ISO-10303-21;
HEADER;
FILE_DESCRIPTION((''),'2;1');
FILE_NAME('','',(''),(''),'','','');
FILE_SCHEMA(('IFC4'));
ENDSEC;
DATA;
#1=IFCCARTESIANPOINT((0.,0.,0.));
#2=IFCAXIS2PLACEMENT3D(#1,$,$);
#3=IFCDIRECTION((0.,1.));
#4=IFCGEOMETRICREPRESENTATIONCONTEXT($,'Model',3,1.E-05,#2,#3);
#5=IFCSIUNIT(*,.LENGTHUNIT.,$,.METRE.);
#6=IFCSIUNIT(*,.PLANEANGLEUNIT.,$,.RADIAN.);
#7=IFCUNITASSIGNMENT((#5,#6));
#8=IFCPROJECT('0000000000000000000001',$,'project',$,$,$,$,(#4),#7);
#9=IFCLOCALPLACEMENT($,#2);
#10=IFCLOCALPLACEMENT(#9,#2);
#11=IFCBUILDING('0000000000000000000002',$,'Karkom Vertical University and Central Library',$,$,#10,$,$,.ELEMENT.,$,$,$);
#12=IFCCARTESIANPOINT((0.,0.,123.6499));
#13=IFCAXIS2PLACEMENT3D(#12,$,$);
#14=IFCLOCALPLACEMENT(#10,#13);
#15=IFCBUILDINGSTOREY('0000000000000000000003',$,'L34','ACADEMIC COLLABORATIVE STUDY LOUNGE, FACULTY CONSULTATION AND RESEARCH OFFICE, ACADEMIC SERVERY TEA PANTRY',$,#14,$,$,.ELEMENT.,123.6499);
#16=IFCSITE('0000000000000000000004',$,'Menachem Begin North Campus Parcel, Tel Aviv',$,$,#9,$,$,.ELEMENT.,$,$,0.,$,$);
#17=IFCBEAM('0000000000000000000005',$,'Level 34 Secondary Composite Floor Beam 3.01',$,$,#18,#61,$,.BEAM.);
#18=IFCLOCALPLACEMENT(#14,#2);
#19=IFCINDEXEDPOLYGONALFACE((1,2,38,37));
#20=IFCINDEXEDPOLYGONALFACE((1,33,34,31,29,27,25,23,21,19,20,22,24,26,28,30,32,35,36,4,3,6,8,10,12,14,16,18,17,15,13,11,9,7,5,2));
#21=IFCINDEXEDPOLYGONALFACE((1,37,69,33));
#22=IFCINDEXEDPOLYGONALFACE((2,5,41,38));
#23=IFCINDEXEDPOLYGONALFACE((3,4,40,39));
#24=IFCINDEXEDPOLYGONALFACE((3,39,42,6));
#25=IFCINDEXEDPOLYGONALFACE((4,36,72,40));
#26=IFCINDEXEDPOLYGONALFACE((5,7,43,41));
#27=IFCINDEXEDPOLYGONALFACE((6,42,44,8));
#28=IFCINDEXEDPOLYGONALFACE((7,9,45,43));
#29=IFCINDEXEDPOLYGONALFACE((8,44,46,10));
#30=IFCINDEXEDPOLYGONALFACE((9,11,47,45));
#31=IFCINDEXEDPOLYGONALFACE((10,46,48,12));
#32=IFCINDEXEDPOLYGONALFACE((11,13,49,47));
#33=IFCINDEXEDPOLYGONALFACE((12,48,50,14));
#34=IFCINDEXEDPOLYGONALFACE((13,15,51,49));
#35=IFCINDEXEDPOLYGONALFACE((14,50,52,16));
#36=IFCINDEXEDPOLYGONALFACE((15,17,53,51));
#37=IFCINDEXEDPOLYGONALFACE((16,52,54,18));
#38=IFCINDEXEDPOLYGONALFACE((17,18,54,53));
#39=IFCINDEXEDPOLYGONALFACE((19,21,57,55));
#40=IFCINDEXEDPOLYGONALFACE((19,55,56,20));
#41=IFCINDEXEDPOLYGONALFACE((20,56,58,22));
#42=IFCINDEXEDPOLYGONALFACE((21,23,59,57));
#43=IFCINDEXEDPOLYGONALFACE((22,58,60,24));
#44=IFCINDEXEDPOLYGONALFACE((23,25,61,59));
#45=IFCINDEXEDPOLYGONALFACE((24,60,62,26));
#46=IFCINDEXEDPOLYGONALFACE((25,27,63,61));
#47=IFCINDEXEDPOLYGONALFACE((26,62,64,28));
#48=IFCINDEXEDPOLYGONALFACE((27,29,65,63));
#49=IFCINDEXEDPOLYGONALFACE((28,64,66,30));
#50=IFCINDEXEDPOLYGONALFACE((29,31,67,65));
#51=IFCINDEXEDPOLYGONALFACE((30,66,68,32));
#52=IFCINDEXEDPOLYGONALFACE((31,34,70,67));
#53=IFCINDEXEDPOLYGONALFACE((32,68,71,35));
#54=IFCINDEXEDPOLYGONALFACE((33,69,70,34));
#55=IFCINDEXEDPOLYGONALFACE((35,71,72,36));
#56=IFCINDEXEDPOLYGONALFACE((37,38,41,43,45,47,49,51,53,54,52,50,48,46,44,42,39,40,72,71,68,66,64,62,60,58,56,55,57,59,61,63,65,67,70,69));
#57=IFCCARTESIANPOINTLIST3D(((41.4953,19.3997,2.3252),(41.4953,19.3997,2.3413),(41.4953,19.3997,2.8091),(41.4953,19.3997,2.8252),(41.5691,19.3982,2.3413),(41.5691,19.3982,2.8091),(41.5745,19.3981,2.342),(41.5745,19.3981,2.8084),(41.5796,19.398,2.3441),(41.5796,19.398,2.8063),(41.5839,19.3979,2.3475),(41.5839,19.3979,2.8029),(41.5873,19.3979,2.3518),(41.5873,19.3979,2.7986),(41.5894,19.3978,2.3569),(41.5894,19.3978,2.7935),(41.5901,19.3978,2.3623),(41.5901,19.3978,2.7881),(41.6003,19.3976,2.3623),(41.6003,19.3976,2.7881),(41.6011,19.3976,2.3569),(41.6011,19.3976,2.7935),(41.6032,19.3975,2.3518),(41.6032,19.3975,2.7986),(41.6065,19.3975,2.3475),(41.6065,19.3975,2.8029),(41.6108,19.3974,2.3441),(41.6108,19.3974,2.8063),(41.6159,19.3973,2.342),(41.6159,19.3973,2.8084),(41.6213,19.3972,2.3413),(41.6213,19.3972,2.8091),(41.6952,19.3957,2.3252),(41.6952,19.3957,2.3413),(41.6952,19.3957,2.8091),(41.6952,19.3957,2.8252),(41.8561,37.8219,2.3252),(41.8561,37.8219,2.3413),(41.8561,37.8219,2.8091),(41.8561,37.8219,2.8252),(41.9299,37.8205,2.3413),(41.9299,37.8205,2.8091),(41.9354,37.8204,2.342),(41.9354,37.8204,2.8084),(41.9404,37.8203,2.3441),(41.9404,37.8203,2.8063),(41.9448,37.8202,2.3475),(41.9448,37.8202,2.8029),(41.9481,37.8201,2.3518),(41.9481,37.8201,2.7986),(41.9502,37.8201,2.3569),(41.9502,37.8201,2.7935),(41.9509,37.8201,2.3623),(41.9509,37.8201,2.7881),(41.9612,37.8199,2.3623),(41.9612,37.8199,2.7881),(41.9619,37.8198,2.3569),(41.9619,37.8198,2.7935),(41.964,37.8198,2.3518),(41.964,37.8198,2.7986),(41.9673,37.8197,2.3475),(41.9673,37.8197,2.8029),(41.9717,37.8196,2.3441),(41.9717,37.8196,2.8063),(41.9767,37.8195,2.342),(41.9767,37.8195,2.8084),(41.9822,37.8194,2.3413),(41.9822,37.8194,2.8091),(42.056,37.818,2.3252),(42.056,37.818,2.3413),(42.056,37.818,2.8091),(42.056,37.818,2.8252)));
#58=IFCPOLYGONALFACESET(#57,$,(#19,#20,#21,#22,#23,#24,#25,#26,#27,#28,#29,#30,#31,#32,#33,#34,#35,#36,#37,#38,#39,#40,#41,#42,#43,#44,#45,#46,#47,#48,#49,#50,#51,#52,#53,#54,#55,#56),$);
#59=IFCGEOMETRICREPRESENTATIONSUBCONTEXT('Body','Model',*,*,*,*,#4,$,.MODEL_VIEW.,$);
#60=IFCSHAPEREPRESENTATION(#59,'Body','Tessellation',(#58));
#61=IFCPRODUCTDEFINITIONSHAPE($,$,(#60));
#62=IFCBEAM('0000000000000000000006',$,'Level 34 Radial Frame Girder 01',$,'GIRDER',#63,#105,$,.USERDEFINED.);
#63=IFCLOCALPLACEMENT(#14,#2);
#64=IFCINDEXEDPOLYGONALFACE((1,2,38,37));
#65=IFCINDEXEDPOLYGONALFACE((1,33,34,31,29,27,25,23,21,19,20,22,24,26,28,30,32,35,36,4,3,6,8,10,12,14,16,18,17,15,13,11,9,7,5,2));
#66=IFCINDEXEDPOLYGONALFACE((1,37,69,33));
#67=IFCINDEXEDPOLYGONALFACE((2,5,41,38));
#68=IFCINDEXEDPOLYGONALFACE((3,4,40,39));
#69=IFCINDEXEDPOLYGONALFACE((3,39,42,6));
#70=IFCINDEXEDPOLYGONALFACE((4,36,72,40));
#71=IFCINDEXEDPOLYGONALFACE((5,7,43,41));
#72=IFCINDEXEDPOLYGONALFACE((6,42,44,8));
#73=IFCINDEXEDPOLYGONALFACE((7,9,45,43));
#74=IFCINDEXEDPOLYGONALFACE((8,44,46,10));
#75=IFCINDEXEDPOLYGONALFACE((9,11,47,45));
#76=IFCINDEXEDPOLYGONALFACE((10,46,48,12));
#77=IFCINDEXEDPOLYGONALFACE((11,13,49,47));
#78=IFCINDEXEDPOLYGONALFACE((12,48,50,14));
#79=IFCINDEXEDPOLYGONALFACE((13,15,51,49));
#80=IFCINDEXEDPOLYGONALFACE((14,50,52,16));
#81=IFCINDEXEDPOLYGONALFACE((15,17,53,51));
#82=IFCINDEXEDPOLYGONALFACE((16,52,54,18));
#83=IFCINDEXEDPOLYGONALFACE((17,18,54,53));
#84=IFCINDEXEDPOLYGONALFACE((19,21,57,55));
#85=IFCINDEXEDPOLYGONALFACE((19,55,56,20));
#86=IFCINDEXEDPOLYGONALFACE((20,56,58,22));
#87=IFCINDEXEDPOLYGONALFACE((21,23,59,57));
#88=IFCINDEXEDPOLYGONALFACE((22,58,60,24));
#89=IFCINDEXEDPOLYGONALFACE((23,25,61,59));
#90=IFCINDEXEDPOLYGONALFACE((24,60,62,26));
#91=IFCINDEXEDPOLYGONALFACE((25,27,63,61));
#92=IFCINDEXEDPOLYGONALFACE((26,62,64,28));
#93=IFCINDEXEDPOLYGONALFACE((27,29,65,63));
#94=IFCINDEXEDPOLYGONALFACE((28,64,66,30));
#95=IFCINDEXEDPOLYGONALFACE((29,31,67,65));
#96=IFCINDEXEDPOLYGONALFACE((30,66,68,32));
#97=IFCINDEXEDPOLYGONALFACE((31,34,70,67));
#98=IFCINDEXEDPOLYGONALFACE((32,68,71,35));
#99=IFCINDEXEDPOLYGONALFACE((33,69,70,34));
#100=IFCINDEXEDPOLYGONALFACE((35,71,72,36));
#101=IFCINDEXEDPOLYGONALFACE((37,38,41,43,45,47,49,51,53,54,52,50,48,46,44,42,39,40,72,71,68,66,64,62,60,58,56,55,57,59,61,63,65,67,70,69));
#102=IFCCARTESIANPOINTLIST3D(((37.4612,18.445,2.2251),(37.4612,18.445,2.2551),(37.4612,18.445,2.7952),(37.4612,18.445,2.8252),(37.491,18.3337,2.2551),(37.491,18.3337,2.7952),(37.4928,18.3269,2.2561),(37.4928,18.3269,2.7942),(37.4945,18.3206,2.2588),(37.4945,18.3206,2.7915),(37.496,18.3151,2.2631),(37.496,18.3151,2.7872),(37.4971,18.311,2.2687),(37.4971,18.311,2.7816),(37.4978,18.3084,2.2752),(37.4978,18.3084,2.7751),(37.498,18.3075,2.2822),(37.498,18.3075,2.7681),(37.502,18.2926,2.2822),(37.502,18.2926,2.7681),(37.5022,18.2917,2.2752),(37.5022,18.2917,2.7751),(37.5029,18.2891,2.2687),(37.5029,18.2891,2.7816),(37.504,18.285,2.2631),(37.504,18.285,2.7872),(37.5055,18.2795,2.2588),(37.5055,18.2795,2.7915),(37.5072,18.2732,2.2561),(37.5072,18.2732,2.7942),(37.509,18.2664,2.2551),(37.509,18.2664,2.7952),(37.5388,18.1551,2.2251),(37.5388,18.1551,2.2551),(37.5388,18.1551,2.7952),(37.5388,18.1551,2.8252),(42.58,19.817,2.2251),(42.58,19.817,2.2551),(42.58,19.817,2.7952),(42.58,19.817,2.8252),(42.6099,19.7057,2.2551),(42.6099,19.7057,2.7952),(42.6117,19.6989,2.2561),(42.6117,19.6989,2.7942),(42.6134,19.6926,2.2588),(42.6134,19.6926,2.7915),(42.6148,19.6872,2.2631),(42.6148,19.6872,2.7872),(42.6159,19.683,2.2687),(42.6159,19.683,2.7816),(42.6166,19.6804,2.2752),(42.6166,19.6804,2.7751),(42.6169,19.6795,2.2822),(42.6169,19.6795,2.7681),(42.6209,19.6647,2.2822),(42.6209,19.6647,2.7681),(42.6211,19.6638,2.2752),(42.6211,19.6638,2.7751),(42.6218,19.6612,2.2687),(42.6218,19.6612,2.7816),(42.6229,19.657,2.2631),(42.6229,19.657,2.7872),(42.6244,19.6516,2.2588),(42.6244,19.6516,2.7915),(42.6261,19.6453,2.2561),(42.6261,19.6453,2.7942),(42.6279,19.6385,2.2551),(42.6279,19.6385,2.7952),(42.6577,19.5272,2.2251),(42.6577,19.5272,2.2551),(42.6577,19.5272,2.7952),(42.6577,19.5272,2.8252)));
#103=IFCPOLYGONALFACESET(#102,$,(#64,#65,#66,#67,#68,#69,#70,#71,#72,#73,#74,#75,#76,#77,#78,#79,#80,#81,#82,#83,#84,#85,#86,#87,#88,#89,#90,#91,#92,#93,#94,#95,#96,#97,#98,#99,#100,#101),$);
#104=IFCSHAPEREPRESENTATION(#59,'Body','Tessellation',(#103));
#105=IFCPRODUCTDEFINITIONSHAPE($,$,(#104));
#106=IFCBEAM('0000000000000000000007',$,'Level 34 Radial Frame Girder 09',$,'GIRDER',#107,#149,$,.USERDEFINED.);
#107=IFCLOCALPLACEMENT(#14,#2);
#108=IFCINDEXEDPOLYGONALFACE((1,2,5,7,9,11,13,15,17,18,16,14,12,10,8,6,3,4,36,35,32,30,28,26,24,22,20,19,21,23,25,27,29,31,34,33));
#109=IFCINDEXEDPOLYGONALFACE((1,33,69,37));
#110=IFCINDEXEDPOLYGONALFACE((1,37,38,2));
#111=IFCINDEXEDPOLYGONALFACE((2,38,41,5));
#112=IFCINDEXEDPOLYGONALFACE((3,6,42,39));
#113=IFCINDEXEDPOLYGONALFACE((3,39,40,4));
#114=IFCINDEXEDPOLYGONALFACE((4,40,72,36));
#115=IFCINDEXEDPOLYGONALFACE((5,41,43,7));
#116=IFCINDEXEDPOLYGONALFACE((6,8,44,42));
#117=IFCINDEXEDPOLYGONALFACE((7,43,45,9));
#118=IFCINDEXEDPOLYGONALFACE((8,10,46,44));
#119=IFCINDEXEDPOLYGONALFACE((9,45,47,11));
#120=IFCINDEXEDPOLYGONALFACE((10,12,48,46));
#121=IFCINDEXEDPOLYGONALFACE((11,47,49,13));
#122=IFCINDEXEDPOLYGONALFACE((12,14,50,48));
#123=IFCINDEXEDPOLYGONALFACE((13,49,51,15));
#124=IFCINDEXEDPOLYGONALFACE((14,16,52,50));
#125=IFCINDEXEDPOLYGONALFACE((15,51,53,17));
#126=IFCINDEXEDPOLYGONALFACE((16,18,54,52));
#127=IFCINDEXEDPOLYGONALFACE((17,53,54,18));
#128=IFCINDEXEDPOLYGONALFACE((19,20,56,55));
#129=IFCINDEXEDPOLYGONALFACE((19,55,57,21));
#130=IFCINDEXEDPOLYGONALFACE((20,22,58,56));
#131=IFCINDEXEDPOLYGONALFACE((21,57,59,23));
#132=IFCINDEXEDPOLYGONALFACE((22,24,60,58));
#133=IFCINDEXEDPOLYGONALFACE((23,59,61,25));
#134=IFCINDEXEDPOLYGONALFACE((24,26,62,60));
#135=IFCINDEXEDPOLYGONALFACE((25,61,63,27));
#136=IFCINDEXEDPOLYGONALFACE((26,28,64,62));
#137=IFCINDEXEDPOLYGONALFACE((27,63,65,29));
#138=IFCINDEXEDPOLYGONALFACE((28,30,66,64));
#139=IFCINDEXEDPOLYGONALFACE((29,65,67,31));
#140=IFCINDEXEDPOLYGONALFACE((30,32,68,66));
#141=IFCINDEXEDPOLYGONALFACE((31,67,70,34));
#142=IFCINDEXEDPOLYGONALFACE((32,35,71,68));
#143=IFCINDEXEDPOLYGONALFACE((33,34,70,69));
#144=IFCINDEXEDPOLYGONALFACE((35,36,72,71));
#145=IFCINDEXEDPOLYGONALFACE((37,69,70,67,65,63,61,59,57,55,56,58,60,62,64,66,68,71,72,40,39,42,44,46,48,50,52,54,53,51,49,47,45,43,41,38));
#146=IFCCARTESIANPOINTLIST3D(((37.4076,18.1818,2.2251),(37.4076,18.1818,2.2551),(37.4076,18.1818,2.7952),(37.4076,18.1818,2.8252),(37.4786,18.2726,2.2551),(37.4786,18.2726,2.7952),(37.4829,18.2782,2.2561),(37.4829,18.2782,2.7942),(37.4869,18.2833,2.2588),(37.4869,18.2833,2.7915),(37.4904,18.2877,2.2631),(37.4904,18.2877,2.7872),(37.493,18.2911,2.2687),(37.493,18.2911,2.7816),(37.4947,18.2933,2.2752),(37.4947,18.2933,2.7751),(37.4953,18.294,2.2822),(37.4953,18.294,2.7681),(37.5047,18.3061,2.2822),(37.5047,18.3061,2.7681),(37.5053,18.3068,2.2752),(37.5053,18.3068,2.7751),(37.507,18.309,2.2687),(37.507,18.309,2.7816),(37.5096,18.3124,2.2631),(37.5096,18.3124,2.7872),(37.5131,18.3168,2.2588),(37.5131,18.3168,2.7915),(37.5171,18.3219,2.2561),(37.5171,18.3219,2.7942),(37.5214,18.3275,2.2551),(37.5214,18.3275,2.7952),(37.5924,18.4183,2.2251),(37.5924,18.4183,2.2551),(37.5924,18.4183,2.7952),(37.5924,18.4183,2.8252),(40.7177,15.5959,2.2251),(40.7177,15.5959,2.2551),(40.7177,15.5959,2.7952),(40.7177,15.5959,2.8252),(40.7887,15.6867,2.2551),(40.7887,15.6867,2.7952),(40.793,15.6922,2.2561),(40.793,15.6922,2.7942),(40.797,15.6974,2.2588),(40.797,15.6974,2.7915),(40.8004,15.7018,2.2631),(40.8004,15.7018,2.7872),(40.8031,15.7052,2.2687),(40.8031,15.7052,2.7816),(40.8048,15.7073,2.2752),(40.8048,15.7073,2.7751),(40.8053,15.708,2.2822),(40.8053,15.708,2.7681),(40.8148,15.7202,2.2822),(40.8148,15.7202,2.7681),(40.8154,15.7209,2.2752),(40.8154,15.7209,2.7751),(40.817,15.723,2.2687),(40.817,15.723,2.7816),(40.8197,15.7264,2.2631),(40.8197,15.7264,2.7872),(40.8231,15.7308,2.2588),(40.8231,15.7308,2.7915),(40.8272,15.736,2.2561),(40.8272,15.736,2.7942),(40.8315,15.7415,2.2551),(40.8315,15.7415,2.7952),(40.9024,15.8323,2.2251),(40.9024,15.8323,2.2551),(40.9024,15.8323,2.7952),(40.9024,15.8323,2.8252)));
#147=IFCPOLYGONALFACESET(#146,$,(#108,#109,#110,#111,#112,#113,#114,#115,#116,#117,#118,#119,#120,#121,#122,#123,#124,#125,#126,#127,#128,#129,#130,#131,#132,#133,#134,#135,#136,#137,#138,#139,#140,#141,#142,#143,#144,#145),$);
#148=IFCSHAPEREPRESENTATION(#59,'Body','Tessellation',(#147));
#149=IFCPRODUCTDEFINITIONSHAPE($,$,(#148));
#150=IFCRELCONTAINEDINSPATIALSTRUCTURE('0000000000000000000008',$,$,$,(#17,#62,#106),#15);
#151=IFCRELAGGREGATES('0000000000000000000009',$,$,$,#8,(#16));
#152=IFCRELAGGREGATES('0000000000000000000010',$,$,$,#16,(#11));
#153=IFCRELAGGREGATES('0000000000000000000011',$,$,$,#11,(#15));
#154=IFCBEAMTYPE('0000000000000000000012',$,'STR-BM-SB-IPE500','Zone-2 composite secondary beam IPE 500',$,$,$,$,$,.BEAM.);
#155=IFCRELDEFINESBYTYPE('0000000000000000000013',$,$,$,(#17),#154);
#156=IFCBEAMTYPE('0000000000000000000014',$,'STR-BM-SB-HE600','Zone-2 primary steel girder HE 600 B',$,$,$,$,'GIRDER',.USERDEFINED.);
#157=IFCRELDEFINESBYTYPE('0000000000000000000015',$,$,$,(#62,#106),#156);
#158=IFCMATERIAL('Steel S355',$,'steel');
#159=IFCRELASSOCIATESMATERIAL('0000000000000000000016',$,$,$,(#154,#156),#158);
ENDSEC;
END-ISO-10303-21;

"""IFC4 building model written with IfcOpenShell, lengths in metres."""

from ifc_helpers import new_model, si_unit, direction, frame, origin, origin_with_axes, origin_2d, place, context, subcontext, project, spatial, i_section, extrude, source, transform, mapped, material, material_profile, profile_set, type_object, element, save


model = new_model("IFC4")

# Units and contexts
model_context = context("Model", 3, precision=1e-05, world=origin(), true_north=direction((0.0, 1.0)))
body_context = subcontext(model_context, "Body", "Model", "MODEL_VIEW")
ifc_project = project(units=[si_unit("LENGTHUNIT", "METRE"), si_unit("PLANEANGLEUNIT", "RADIAN")], contexts=[model_context])

# Site, building, storey
site_placement = place(None, origin())
site = spatial("IfcSite", under=ifc_project, at=site_placement, Name="Menachem Begin North Campus Parcel, Tel Aviv", CompositionType="ELEMENT", RefElevation=0.0)
building_placement = place(site_placement, origin())
building = spatial("IfcBuilding", under=site, at=building_placement, Name="Karkom Vertical University and Central Library", CompositionType="ELEMENT")
storey_placement = place(building_placement, frame((0.0, 0.0, 123.6499)))
storey = spatial("IfcBuildingStorey", under=building, at=storey_placement, Name="L34", Description="ACADEMIC COLLABORATIVE STUDY LOUNGE, FACULTY CONSULTATION AND RESEARCH OFFICE, ACADEMIC SERVERY TEA PANTRY", CompositionType="ELEMENT", Elevation=123.6499)

# Beams
ifc_material_1 = material(Name="Steel S355", Category="steel")
ifc_material_profile_1 = material_profile(ifc_material_1, i_section(OverallWidth=0.2, OverallDepth=0.5, WebThickness=0.0103, FlangeThickness=0.0161, FilletRadius=0.021, at=origin_2d()), Name="IPE 500")
ifc_profile_set_1 = profile_set([ifc_material_profile_1], Name="Steel S355")
beam_type_1 = type_object("IfcBeamType", Name="STR-BM-SB-IPE500", Description="Zone-2 composite secondary beam IPE 500", PredefinedType="BEAM", material=ifc_profile_set_1)
shared_shape_1 = source(origin_with_axes(), body_context, "Body", "SweptSolid", [
    extrude(i_section(OverallWidth=0.2, OverallDepth=0.5, WebThickness=0.0103, FlangeThickness=0.0161, FilletRadius=0.021, at=origin_2d()), origin(), (0.0, 0.0, 1.0), 18.4258),
])
beam_1_placement = place(storey_placement, frame((41.5952, 19.3977, 2.5752), z_axis=(0.019583, 0.999808, 0.0), x_axis=(-0.999808, 0.019583, 0.0)))
element("IfcBeam", 1, at=beam_1_placement, inside=storey, type_object=beam_type_1, Name="Level 34 Secondary Composite Floor Beam 3.01", PredefinedType="BEAM", context=body_context, shape_type="MappedRepresentation", body=[
    mapped(shared_shape_1, transform((0.0, 0.0, 0.0), scale=1.0)),
])
ifc_material_profile_2 = material_profile(ifc_material_1, i_section(OverallWidth=0.3, OverallDepth=0.6001, WebThickness=0.0154, FlangeThickness=0.03, FilletRadius=0.0271, at=origin_2d()), Name="HE 600 B")
ifc_profile_set_2 = profile_set([ifc_material_profile_2], Name="Steel S355")
beam_type_2 = type_object("IfcBeamType", Name="STR-BM-SB-HE600", Description="Zone-2 primary steel girder HE 600 B", ElementType="GIRDER", PredefinedType="USERDEFINED", material=ifc_profile_set_2)
shared_shape_2 = source(origin_with_axes(), body_context, "Body", "SweptSolid", [
    extrude(i_section(OverallWidth=0.3, OverallDepth=0.6001, WebThickness=0.0154, FlangeThickness=0.03, FilletRadius=0.0271, at=origin_2d()), origin(), (0.0, 0.0, 1.0), 5.2996),
])
beam_2_placement = place(storey_placement, frame((37.5, 18.3, 2.5251), z_axis=(0.965904, 0.258901, 0.0), x_axis=(-0.258901, 0.965904, 0.0)))
element("IfcBeam", 2, at=beam_2_placement, inside=storey, type_object=beam_type_2, Name="Level 34 Radial Frame Girder 01", ObjectType="GIRDER", PredefinedType="USERDEFINED", context=body_context, shape_type="MappedRepresentation", body=[
    mapped(shared_shape_2, transform((0.0, 0.0, 0.0), scale=1.0)),
])
shared_shape_3 = source(origin_with_axes(), body_context, "Body", "SweptSolid", [
    extrude(i_section(OverallWidth=0.3, OverallDepth=0.6001, WebThickness=0.0154, FlangeThickness=0.03, FilletRadius=0.0271, at=origin_2d()), origin(), (0.0, 0.0, 1.0), 4.2004),
])
beam_3_placement = place(storey_placement, frame((37.5, 18.3, 2.5251), z_axis=(0.78803, -0.615637, 0.0), x_axis=(0.615637, 0.78803, 0.0)))
element("IfcBeam", 3, at=beam_3_placement, inside=storey, type_object=beam_type_2, Name="Level 34 Radial Frame Girder 09", ObjectType="GIRDER", PredefinedType="USERDEFINED", context=body_context, shape_type="MappedRepresentation", body=[
    mapped(shared_shape_3, transform((0.0, 0.0, 0.0), scale=1.0)),
])

save(model, "model.ifc")
